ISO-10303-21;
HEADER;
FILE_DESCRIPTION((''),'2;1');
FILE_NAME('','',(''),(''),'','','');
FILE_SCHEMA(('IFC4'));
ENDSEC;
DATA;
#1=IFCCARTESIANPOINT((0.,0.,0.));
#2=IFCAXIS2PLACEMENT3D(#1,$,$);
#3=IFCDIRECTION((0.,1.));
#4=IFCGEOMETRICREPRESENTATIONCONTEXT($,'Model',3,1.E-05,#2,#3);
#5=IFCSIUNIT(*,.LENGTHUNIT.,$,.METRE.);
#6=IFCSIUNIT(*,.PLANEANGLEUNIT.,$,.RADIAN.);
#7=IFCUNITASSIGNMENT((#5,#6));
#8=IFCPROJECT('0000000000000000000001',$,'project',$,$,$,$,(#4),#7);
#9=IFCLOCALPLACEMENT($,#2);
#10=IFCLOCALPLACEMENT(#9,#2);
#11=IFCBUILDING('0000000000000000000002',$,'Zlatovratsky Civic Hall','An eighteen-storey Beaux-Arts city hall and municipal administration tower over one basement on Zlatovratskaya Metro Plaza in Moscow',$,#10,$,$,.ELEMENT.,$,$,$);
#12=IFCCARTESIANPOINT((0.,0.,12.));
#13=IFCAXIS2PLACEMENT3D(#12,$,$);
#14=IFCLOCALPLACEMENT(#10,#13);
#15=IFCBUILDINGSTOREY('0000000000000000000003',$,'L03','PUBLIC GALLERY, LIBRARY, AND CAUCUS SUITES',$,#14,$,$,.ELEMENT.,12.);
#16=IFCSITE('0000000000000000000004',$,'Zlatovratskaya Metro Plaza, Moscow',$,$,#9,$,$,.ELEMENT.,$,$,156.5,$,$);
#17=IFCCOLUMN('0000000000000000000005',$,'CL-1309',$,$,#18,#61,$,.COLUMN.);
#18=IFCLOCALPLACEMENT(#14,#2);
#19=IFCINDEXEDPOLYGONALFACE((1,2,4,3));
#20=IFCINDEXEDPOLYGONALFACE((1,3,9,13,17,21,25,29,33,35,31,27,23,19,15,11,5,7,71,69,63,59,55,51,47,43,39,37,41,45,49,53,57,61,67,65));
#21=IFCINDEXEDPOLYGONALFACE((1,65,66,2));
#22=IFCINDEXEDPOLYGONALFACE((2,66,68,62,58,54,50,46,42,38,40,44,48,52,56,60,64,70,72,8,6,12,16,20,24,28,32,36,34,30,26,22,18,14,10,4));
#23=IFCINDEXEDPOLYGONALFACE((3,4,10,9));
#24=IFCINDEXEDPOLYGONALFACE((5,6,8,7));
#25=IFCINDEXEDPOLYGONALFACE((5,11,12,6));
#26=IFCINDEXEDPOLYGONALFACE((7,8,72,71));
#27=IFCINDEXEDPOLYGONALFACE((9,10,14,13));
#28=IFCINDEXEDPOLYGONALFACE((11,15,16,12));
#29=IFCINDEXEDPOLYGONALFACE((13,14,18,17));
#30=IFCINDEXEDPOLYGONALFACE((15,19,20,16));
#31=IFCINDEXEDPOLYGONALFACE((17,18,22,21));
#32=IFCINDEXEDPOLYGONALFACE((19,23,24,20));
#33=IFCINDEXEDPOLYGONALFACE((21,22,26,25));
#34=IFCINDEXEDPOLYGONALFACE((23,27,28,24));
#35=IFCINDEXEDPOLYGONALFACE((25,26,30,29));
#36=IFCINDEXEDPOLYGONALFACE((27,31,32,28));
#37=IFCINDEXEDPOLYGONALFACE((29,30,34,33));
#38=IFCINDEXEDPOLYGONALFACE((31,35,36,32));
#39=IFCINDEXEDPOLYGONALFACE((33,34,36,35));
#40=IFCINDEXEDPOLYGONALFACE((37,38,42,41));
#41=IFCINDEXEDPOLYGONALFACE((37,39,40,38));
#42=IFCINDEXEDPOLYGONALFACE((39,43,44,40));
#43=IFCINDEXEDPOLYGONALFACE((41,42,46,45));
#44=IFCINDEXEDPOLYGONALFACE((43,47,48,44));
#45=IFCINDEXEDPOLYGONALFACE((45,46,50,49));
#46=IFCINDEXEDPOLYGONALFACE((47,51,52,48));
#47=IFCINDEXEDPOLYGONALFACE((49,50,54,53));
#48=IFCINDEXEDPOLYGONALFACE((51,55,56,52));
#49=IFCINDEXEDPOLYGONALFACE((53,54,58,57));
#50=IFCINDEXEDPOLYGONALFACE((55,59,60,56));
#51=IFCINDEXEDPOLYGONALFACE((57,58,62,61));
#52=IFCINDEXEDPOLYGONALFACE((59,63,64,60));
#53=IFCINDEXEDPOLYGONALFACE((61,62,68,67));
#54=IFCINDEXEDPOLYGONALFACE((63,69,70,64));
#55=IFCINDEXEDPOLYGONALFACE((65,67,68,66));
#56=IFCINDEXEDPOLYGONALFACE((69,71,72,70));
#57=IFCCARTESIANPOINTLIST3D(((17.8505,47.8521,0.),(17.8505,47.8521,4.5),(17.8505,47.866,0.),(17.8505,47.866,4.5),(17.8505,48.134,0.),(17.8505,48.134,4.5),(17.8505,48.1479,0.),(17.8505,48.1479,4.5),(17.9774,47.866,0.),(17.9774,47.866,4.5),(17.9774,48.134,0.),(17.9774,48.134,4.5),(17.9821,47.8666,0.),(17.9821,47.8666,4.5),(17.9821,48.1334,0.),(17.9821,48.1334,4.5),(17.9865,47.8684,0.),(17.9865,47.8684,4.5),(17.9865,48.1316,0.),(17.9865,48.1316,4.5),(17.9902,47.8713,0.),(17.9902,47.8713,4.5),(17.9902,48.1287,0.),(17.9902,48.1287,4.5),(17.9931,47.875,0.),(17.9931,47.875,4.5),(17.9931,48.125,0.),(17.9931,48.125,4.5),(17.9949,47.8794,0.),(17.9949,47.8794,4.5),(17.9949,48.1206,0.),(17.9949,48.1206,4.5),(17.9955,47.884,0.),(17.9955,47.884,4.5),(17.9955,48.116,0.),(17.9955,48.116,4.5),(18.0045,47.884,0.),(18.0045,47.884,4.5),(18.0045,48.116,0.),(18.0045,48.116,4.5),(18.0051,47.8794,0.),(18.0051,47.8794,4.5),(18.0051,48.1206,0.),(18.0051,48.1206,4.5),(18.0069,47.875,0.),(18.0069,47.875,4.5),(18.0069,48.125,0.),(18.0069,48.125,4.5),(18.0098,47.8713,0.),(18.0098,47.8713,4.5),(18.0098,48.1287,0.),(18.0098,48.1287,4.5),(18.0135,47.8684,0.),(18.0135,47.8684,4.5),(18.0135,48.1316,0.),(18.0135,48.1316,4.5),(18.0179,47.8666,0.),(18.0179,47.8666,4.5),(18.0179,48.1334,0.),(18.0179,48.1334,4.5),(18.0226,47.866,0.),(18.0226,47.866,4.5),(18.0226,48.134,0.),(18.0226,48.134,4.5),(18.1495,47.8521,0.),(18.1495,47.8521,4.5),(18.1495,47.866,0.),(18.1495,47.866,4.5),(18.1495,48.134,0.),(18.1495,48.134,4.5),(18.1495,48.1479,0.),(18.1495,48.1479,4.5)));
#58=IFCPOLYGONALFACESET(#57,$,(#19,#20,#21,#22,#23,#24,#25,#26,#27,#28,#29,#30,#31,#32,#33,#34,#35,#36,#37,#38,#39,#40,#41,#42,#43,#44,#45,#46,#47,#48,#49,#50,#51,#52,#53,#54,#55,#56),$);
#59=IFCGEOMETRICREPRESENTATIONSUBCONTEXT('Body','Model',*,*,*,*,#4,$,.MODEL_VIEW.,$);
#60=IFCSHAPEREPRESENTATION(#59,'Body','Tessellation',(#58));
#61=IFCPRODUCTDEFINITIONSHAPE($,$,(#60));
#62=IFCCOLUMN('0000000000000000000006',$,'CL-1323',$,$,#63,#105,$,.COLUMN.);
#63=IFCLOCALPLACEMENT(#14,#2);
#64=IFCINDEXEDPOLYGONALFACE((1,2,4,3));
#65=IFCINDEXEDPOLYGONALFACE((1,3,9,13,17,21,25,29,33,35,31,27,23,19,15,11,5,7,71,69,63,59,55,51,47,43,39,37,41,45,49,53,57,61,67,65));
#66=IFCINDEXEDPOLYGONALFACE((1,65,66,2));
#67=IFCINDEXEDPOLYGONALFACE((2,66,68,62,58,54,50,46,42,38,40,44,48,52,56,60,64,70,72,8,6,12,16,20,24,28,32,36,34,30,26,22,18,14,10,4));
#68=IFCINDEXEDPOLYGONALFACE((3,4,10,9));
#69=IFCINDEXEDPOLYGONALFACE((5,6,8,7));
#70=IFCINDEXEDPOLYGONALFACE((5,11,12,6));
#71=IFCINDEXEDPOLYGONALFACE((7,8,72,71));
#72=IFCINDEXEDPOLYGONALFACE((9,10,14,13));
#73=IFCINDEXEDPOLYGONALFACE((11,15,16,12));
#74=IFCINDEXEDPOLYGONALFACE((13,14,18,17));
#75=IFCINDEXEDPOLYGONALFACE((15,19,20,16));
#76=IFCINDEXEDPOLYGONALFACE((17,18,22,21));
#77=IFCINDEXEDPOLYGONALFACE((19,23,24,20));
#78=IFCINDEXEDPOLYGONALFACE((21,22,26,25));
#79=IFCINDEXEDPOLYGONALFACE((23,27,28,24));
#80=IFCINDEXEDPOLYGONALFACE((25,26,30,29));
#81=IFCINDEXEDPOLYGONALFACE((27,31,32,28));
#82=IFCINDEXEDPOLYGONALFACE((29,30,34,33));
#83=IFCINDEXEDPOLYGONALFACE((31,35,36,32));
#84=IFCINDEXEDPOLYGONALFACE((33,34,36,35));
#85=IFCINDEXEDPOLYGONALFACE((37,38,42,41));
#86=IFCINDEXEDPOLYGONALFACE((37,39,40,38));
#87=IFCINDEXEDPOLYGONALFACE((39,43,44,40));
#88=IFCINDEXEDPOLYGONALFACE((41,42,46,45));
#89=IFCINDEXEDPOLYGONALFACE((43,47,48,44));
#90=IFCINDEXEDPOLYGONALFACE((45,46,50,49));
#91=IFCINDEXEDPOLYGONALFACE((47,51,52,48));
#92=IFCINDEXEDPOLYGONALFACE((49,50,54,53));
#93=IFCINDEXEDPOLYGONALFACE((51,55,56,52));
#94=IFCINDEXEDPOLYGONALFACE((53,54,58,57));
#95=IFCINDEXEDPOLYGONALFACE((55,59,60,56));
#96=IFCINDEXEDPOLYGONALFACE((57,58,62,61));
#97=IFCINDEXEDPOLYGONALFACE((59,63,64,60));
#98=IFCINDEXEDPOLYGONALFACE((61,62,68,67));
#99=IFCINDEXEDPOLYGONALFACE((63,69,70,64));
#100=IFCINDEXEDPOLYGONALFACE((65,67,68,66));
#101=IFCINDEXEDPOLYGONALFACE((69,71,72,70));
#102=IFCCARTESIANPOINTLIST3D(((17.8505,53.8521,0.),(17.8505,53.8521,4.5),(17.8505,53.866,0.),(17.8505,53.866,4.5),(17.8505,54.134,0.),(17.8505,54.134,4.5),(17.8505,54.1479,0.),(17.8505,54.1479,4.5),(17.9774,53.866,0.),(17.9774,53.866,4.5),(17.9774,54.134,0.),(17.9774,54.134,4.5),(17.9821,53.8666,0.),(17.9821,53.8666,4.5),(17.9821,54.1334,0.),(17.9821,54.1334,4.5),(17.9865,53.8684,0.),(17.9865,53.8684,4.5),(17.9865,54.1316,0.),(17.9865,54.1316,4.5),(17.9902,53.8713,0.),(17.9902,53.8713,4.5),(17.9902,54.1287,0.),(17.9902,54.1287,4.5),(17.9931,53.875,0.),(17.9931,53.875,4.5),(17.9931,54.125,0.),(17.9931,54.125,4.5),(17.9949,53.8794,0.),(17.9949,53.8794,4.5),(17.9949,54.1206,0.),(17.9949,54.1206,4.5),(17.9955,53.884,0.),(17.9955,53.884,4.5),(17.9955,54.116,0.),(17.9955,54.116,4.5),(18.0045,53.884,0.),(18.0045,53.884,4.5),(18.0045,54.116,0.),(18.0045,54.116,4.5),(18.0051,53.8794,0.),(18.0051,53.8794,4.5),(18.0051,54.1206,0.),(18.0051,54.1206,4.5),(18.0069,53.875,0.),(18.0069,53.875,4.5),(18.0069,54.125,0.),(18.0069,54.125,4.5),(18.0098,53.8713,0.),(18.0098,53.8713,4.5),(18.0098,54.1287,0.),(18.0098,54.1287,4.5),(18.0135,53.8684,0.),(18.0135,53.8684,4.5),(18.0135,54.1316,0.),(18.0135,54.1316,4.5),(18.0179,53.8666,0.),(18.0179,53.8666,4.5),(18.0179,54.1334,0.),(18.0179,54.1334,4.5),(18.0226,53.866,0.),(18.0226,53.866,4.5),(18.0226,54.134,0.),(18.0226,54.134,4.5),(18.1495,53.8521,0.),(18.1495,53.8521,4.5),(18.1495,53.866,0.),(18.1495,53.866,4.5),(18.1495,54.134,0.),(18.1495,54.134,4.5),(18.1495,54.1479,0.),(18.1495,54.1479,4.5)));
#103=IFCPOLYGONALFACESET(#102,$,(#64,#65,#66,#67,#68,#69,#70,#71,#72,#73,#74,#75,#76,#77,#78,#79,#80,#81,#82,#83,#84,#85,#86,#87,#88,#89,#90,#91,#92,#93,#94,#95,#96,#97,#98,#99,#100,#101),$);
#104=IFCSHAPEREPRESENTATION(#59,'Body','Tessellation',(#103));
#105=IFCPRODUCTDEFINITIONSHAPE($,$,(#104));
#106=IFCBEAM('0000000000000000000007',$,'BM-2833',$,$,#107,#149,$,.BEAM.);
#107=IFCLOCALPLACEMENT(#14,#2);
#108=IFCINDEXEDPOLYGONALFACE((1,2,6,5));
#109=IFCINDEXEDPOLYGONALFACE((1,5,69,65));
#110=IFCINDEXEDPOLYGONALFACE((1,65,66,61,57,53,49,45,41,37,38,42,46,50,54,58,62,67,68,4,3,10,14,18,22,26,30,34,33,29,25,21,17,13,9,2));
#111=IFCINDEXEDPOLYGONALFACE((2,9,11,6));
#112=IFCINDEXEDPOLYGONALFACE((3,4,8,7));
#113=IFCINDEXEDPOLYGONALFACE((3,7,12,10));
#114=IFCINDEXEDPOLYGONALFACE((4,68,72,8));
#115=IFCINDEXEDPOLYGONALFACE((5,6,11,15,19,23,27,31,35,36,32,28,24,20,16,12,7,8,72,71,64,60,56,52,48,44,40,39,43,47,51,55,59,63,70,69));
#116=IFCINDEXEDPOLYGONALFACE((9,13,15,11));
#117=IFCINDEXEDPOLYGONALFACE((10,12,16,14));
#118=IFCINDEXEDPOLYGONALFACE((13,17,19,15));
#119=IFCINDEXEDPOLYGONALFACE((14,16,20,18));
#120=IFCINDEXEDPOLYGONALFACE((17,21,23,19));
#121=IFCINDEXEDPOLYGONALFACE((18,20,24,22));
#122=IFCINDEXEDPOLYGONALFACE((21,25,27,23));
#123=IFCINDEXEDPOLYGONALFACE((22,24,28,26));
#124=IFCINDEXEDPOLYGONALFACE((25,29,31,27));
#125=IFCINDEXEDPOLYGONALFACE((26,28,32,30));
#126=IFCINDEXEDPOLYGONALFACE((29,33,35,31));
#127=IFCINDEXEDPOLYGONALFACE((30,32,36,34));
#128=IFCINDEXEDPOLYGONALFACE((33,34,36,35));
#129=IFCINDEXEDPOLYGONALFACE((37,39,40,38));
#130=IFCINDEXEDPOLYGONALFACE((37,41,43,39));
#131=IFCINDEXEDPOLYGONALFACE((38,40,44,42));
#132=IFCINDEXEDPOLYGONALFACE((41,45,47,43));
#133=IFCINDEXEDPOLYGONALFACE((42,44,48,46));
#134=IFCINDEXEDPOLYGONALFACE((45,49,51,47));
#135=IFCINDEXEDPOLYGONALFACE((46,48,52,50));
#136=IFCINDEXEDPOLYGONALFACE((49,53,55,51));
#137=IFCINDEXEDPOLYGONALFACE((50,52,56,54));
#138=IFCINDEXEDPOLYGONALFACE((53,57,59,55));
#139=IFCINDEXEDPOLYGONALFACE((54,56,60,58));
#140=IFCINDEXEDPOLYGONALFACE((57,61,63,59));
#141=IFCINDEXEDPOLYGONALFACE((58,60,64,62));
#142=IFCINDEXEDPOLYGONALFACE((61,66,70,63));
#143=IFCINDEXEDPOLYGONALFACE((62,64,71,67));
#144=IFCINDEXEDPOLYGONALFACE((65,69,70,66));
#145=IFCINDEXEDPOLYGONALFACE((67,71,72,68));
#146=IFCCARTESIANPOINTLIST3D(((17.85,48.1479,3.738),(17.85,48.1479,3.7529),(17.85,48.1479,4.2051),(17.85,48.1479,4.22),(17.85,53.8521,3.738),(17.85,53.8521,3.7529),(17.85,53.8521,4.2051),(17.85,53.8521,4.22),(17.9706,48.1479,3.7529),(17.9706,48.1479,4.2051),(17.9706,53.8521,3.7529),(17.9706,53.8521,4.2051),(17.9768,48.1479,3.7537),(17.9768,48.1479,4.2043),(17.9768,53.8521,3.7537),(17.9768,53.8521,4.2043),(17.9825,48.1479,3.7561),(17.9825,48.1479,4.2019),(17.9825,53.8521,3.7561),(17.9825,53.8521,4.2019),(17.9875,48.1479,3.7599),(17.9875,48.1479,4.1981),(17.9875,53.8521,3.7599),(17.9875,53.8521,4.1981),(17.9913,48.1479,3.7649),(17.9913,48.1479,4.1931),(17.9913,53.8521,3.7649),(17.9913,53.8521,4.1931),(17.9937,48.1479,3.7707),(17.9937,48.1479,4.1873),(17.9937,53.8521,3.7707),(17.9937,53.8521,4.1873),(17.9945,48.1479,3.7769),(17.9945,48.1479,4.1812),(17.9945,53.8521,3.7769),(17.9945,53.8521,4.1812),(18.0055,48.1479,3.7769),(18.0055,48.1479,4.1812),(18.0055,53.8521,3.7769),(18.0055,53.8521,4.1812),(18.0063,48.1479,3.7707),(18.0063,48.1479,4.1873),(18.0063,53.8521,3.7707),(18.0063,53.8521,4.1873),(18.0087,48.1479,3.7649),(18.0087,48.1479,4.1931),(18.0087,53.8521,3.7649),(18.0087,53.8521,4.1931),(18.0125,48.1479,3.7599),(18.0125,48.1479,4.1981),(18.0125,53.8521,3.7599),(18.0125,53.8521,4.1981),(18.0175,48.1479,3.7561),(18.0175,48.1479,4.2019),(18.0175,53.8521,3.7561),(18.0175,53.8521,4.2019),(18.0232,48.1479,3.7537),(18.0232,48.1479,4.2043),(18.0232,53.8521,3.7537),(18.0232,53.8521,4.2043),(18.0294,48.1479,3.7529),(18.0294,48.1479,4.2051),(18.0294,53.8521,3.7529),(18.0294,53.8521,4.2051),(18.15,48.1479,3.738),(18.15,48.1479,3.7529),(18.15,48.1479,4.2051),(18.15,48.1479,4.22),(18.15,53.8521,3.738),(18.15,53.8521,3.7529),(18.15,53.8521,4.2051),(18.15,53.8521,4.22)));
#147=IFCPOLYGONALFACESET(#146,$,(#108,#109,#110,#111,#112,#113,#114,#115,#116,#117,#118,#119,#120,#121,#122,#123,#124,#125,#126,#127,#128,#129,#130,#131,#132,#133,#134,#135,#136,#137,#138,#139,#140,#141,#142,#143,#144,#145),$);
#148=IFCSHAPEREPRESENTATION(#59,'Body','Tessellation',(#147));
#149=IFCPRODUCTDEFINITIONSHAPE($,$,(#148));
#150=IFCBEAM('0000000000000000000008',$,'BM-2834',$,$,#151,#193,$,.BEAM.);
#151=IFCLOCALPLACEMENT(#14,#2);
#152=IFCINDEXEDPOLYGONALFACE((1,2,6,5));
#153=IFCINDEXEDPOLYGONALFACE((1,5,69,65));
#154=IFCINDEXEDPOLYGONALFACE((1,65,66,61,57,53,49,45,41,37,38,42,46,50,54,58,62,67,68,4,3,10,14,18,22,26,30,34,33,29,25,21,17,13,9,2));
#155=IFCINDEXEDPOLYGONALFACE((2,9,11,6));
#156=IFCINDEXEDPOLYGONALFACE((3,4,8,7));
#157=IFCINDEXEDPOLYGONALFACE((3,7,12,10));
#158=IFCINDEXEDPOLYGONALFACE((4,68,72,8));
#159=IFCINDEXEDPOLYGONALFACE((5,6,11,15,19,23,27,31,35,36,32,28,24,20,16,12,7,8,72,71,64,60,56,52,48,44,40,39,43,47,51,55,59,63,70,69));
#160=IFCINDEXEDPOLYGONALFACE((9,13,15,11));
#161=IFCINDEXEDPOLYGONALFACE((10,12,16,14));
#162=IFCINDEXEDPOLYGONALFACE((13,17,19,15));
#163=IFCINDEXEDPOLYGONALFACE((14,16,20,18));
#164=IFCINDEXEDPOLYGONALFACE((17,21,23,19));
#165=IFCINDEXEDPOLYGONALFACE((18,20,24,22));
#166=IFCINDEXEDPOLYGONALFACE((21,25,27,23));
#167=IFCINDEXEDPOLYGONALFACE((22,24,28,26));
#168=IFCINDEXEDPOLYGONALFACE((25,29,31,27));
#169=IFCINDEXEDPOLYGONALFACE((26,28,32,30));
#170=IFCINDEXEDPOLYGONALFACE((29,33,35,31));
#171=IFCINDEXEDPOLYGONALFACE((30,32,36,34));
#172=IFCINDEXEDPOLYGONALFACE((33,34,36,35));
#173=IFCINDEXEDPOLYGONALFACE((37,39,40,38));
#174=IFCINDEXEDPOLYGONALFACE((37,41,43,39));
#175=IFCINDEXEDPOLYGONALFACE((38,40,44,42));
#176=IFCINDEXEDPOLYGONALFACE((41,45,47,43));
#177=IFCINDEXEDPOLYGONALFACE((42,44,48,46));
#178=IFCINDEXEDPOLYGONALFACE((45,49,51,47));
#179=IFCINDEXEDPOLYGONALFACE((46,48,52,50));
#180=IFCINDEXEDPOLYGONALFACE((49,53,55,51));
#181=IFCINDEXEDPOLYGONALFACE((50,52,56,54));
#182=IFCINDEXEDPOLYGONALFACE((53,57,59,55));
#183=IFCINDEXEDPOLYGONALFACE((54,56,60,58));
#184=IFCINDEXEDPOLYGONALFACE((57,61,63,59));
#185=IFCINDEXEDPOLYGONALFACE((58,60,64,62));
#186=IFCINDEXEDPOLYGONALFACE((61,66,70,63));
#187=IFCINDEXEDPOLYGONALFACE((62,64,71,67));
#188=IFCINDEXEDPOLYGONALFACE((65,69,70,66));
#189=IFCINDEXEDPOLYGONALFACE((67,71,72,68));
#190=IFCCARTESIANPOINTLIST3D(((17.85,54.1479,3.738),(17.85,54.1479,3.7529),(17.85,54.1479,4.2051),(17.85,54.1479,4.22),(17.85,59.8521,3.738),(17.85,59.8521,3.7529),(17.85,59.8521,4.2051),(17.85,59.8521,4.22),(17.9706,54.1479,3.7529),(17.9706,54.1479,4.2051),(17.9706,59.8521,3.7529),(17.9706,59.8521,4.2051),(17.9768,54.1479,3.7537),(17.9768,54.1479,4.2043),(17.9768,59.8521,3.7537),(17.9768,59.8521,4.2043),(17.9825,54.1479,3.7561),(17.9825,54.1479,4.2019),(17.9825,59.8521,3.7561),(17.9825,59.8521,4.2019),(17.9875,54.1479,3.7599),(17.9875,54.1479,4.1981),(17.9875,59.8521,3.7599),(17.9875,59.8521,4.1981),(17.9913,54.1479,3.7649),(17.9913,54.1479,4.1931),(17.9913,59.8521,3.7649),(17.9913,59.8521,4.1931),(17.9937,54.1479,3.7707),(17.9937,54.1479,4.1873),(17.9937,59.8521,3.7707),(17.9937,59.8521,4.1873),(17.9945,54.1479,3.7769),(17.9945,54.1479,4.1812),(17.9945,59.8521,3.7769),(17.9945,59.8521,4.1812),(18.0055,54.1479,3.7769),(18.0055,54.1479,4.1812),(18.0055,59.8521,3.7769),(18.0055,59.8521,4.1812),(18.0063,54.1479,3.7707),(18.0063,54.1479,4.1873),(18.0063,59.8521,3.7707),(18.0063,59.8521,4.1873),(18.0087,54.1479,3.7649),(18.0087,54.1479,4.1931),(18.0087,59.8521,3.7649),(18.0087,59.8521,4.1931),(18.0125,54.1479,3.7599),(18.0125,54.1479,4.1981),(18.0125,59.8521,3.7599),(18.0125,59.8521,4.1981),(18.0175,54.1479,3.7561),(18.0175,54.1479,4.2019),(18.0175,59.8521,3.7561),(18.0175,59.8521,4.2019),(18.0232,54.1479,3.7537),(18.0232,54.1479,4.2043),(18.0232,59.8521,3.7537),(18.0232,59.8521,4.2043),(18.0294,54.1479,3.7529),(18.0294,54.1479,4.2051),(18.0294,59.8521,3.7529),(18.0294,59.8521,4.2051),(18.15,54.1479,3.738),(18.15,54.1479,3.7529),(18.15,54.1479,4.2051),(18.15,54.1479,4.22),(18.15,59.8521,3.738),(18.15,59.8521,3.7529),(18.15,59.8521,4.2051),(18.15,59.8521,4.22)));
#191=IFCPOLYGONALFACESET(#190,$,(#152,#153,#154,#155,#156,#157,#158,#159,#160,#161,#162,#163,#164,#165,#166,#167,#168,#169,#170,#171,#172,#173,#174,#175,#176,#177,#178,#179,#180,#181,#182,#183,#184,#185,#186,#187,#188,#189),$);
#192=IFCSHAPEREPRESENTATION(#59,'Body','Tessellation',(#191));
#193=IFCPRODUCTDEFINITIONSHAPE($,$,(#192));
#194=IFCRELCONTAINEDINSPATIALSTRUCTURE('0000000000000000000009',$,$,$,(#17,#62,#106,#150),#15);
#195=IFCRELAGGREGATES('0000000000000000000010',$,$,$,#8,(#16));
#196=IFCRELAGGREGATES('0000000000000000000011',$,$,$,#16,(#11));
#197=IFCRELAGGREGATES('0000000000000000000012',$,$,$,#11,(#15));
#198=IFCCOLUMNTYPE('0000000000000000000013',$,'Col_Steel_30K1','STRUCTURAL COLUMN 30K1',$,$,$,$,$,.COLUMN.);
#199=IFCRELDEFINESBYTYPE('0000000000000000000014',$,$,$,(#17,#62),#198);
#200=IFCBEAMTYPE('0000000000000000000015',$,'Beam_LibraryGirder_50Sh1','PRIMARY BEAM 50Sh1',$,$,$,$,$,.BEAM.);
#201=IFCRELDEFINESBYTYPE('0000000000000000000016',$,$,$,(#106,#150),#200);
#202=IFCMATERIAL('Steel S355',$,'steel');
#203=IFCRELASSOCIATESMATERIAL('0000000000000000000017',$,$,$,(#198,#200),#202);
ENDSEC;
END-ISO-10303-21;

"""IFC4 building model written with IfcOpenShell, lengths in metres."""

from ifc_helpers import new_model, si_unit, direction, frame, origin, origin_2d, place, context, subcontext, project, spatial, i_section, extrude, material, material_profile, profile_set, type_object, element, save


model = new_model("IFC4")

# Units and contexts
model_context = context("Model", 3, precision=1e-05, world=origin(), true_north=direction((0.0, 1.0)))
body_context = subcontext(model_context, "Body", "Model", "MODEL_VIEW")
ifc_project = project(units=[si_unit("LENGTHUNIT", "METRE"), si_unit("PLANEANGLEUNIT", "RADIAN")], contexts=[model_context])

# Site, building, storey
site_placement = place(None, origin())
site = spatial("IfcSite", under=ifc_project, at=site_placement, Name="Zlatovratskaya Metro Plaza, Moscow", CompositionType="ELEMENT", RefElevation=156.5)
building_placement = place(site_placement, origin())
building = spatial("IfcBuilding", under=site, at=building_placement, Name="Zlatovratsky Civic Hall", Description="An eighteen-storey Beaux-Arts city hall and municipal administration tower over one basement on Zlatovratskaya Metro Plaza in Moscow", CompositionType="ELEMENT")
storey_placement = place(building_placement, frame((0.0, 0.0, 12.0)))
storey = spatial("IfcBuildingStorey", under=building, at=storey_placement, Name="L03", Description="PUBLIC GALLERY, LIBRARY, AND CAUCUS SUITES", CompositionType="ELEMENT", Elevation=12.0)

# Columns
ifc_material_1 = material(Name="Steel S355", Category="steel")
ifc_material_profile_1 = material_profile(ifc_material_1, i_section(OverallWidth=0.2991, OverallDepth=0.2959, WebThickness=0.009, FlangeThickness=0.0139, FilletRadius=0.0181, at=origin_2d()), Name="30K1")
ifc_profile_set_1 = profile_set([ifc_material_profile_1], Name="Steel S355")
column_type = type_object("IfcColumnType", Name="Col_Steel_30K1", Description="STRUCTURAL COLUMN 30K1", PredefinedType="COLUMN", material=ifc_profile_set_1)
for number, where, z_axis, x_axis, name in (
    (1, (18.0, 48.0, 0.0), (0.0, 0.0, 1.0), (1.0, 0.0, 0.0), "CL-1309"),
    (2, (18.0, 54.0, 0.0), (0.0, 0.0, 1.0), (1.0, 0.0, 0.0), "CL-1323"),
):
    element("IfcColumn", number, at=place(storey_placement, frame(where, z_axis=z_axis, x_axis=x_axis)), inside=storey, type_object=column_type, Name=name, PredefinedType="COLUMN", context=body_context, shape_type="SweptSolid", body=[
        extrude(i_section(OverallWidth=0.2991, OverallDepth=0.2959, WebThickness=0.009, FlangeThickness=0.0139, FilletRadius=0.0181, at=origin_2d()), origin(), (0.0, 0.0, 1.0), 4.5),
    ])

# Beams
ifc_material_profile_2 = material_profile(ifc_material_1, i_section(OverallWidth=0.3, OverallDepth=0.4819, WebThickness=0.011, FlangeThickness=0.0149, FilletRadius=0.0239, at=origin_2d()), Name="50Sh1")
ifc_profile_set_2 = profile_set([ifc_material_profile_2], Name="Steel S355")
beam_type = type_object("IfcBeamType", Name="Beam_LibraryGirder_50Sh1", Description="PRIMARY BEAM 50Sh1", PredefinedType="BEAM", material=ifc_profile_set_2)
for number, where, z_axis, x_axis, name in (
    (3, (18.0, 48.1479, 3.979), (0.0, 1.0, 0.0), (-1.0, 0.0, 0.0), "BM-2833"),
    (4, (18.0, 54.1479, 3.979), (0.0, 1.0, 0.0), (-1.0, 0.0, 0.0), "BM-2834"),
):
    element("IfcBeam", number, at=place(storey_placement, frame(where, z_axis=z_axis, x_axis=x_axis)), inside=storey, type_object=beam_type, Name=name, PredefinedType="BEAM", context=body_context, shape_type="SweptSolid", body=[
        extrude(i_section(OverallWidth=0.3, OverallDepth=0.4819, WebThickness=0.011, FlangeThickness=0.0149, FilletRadius=0.0239, at=origin_2d()), origin(), (0.0, 0.0, 1.0), 5.7041),
    ])

save(model, "model.ifc")
